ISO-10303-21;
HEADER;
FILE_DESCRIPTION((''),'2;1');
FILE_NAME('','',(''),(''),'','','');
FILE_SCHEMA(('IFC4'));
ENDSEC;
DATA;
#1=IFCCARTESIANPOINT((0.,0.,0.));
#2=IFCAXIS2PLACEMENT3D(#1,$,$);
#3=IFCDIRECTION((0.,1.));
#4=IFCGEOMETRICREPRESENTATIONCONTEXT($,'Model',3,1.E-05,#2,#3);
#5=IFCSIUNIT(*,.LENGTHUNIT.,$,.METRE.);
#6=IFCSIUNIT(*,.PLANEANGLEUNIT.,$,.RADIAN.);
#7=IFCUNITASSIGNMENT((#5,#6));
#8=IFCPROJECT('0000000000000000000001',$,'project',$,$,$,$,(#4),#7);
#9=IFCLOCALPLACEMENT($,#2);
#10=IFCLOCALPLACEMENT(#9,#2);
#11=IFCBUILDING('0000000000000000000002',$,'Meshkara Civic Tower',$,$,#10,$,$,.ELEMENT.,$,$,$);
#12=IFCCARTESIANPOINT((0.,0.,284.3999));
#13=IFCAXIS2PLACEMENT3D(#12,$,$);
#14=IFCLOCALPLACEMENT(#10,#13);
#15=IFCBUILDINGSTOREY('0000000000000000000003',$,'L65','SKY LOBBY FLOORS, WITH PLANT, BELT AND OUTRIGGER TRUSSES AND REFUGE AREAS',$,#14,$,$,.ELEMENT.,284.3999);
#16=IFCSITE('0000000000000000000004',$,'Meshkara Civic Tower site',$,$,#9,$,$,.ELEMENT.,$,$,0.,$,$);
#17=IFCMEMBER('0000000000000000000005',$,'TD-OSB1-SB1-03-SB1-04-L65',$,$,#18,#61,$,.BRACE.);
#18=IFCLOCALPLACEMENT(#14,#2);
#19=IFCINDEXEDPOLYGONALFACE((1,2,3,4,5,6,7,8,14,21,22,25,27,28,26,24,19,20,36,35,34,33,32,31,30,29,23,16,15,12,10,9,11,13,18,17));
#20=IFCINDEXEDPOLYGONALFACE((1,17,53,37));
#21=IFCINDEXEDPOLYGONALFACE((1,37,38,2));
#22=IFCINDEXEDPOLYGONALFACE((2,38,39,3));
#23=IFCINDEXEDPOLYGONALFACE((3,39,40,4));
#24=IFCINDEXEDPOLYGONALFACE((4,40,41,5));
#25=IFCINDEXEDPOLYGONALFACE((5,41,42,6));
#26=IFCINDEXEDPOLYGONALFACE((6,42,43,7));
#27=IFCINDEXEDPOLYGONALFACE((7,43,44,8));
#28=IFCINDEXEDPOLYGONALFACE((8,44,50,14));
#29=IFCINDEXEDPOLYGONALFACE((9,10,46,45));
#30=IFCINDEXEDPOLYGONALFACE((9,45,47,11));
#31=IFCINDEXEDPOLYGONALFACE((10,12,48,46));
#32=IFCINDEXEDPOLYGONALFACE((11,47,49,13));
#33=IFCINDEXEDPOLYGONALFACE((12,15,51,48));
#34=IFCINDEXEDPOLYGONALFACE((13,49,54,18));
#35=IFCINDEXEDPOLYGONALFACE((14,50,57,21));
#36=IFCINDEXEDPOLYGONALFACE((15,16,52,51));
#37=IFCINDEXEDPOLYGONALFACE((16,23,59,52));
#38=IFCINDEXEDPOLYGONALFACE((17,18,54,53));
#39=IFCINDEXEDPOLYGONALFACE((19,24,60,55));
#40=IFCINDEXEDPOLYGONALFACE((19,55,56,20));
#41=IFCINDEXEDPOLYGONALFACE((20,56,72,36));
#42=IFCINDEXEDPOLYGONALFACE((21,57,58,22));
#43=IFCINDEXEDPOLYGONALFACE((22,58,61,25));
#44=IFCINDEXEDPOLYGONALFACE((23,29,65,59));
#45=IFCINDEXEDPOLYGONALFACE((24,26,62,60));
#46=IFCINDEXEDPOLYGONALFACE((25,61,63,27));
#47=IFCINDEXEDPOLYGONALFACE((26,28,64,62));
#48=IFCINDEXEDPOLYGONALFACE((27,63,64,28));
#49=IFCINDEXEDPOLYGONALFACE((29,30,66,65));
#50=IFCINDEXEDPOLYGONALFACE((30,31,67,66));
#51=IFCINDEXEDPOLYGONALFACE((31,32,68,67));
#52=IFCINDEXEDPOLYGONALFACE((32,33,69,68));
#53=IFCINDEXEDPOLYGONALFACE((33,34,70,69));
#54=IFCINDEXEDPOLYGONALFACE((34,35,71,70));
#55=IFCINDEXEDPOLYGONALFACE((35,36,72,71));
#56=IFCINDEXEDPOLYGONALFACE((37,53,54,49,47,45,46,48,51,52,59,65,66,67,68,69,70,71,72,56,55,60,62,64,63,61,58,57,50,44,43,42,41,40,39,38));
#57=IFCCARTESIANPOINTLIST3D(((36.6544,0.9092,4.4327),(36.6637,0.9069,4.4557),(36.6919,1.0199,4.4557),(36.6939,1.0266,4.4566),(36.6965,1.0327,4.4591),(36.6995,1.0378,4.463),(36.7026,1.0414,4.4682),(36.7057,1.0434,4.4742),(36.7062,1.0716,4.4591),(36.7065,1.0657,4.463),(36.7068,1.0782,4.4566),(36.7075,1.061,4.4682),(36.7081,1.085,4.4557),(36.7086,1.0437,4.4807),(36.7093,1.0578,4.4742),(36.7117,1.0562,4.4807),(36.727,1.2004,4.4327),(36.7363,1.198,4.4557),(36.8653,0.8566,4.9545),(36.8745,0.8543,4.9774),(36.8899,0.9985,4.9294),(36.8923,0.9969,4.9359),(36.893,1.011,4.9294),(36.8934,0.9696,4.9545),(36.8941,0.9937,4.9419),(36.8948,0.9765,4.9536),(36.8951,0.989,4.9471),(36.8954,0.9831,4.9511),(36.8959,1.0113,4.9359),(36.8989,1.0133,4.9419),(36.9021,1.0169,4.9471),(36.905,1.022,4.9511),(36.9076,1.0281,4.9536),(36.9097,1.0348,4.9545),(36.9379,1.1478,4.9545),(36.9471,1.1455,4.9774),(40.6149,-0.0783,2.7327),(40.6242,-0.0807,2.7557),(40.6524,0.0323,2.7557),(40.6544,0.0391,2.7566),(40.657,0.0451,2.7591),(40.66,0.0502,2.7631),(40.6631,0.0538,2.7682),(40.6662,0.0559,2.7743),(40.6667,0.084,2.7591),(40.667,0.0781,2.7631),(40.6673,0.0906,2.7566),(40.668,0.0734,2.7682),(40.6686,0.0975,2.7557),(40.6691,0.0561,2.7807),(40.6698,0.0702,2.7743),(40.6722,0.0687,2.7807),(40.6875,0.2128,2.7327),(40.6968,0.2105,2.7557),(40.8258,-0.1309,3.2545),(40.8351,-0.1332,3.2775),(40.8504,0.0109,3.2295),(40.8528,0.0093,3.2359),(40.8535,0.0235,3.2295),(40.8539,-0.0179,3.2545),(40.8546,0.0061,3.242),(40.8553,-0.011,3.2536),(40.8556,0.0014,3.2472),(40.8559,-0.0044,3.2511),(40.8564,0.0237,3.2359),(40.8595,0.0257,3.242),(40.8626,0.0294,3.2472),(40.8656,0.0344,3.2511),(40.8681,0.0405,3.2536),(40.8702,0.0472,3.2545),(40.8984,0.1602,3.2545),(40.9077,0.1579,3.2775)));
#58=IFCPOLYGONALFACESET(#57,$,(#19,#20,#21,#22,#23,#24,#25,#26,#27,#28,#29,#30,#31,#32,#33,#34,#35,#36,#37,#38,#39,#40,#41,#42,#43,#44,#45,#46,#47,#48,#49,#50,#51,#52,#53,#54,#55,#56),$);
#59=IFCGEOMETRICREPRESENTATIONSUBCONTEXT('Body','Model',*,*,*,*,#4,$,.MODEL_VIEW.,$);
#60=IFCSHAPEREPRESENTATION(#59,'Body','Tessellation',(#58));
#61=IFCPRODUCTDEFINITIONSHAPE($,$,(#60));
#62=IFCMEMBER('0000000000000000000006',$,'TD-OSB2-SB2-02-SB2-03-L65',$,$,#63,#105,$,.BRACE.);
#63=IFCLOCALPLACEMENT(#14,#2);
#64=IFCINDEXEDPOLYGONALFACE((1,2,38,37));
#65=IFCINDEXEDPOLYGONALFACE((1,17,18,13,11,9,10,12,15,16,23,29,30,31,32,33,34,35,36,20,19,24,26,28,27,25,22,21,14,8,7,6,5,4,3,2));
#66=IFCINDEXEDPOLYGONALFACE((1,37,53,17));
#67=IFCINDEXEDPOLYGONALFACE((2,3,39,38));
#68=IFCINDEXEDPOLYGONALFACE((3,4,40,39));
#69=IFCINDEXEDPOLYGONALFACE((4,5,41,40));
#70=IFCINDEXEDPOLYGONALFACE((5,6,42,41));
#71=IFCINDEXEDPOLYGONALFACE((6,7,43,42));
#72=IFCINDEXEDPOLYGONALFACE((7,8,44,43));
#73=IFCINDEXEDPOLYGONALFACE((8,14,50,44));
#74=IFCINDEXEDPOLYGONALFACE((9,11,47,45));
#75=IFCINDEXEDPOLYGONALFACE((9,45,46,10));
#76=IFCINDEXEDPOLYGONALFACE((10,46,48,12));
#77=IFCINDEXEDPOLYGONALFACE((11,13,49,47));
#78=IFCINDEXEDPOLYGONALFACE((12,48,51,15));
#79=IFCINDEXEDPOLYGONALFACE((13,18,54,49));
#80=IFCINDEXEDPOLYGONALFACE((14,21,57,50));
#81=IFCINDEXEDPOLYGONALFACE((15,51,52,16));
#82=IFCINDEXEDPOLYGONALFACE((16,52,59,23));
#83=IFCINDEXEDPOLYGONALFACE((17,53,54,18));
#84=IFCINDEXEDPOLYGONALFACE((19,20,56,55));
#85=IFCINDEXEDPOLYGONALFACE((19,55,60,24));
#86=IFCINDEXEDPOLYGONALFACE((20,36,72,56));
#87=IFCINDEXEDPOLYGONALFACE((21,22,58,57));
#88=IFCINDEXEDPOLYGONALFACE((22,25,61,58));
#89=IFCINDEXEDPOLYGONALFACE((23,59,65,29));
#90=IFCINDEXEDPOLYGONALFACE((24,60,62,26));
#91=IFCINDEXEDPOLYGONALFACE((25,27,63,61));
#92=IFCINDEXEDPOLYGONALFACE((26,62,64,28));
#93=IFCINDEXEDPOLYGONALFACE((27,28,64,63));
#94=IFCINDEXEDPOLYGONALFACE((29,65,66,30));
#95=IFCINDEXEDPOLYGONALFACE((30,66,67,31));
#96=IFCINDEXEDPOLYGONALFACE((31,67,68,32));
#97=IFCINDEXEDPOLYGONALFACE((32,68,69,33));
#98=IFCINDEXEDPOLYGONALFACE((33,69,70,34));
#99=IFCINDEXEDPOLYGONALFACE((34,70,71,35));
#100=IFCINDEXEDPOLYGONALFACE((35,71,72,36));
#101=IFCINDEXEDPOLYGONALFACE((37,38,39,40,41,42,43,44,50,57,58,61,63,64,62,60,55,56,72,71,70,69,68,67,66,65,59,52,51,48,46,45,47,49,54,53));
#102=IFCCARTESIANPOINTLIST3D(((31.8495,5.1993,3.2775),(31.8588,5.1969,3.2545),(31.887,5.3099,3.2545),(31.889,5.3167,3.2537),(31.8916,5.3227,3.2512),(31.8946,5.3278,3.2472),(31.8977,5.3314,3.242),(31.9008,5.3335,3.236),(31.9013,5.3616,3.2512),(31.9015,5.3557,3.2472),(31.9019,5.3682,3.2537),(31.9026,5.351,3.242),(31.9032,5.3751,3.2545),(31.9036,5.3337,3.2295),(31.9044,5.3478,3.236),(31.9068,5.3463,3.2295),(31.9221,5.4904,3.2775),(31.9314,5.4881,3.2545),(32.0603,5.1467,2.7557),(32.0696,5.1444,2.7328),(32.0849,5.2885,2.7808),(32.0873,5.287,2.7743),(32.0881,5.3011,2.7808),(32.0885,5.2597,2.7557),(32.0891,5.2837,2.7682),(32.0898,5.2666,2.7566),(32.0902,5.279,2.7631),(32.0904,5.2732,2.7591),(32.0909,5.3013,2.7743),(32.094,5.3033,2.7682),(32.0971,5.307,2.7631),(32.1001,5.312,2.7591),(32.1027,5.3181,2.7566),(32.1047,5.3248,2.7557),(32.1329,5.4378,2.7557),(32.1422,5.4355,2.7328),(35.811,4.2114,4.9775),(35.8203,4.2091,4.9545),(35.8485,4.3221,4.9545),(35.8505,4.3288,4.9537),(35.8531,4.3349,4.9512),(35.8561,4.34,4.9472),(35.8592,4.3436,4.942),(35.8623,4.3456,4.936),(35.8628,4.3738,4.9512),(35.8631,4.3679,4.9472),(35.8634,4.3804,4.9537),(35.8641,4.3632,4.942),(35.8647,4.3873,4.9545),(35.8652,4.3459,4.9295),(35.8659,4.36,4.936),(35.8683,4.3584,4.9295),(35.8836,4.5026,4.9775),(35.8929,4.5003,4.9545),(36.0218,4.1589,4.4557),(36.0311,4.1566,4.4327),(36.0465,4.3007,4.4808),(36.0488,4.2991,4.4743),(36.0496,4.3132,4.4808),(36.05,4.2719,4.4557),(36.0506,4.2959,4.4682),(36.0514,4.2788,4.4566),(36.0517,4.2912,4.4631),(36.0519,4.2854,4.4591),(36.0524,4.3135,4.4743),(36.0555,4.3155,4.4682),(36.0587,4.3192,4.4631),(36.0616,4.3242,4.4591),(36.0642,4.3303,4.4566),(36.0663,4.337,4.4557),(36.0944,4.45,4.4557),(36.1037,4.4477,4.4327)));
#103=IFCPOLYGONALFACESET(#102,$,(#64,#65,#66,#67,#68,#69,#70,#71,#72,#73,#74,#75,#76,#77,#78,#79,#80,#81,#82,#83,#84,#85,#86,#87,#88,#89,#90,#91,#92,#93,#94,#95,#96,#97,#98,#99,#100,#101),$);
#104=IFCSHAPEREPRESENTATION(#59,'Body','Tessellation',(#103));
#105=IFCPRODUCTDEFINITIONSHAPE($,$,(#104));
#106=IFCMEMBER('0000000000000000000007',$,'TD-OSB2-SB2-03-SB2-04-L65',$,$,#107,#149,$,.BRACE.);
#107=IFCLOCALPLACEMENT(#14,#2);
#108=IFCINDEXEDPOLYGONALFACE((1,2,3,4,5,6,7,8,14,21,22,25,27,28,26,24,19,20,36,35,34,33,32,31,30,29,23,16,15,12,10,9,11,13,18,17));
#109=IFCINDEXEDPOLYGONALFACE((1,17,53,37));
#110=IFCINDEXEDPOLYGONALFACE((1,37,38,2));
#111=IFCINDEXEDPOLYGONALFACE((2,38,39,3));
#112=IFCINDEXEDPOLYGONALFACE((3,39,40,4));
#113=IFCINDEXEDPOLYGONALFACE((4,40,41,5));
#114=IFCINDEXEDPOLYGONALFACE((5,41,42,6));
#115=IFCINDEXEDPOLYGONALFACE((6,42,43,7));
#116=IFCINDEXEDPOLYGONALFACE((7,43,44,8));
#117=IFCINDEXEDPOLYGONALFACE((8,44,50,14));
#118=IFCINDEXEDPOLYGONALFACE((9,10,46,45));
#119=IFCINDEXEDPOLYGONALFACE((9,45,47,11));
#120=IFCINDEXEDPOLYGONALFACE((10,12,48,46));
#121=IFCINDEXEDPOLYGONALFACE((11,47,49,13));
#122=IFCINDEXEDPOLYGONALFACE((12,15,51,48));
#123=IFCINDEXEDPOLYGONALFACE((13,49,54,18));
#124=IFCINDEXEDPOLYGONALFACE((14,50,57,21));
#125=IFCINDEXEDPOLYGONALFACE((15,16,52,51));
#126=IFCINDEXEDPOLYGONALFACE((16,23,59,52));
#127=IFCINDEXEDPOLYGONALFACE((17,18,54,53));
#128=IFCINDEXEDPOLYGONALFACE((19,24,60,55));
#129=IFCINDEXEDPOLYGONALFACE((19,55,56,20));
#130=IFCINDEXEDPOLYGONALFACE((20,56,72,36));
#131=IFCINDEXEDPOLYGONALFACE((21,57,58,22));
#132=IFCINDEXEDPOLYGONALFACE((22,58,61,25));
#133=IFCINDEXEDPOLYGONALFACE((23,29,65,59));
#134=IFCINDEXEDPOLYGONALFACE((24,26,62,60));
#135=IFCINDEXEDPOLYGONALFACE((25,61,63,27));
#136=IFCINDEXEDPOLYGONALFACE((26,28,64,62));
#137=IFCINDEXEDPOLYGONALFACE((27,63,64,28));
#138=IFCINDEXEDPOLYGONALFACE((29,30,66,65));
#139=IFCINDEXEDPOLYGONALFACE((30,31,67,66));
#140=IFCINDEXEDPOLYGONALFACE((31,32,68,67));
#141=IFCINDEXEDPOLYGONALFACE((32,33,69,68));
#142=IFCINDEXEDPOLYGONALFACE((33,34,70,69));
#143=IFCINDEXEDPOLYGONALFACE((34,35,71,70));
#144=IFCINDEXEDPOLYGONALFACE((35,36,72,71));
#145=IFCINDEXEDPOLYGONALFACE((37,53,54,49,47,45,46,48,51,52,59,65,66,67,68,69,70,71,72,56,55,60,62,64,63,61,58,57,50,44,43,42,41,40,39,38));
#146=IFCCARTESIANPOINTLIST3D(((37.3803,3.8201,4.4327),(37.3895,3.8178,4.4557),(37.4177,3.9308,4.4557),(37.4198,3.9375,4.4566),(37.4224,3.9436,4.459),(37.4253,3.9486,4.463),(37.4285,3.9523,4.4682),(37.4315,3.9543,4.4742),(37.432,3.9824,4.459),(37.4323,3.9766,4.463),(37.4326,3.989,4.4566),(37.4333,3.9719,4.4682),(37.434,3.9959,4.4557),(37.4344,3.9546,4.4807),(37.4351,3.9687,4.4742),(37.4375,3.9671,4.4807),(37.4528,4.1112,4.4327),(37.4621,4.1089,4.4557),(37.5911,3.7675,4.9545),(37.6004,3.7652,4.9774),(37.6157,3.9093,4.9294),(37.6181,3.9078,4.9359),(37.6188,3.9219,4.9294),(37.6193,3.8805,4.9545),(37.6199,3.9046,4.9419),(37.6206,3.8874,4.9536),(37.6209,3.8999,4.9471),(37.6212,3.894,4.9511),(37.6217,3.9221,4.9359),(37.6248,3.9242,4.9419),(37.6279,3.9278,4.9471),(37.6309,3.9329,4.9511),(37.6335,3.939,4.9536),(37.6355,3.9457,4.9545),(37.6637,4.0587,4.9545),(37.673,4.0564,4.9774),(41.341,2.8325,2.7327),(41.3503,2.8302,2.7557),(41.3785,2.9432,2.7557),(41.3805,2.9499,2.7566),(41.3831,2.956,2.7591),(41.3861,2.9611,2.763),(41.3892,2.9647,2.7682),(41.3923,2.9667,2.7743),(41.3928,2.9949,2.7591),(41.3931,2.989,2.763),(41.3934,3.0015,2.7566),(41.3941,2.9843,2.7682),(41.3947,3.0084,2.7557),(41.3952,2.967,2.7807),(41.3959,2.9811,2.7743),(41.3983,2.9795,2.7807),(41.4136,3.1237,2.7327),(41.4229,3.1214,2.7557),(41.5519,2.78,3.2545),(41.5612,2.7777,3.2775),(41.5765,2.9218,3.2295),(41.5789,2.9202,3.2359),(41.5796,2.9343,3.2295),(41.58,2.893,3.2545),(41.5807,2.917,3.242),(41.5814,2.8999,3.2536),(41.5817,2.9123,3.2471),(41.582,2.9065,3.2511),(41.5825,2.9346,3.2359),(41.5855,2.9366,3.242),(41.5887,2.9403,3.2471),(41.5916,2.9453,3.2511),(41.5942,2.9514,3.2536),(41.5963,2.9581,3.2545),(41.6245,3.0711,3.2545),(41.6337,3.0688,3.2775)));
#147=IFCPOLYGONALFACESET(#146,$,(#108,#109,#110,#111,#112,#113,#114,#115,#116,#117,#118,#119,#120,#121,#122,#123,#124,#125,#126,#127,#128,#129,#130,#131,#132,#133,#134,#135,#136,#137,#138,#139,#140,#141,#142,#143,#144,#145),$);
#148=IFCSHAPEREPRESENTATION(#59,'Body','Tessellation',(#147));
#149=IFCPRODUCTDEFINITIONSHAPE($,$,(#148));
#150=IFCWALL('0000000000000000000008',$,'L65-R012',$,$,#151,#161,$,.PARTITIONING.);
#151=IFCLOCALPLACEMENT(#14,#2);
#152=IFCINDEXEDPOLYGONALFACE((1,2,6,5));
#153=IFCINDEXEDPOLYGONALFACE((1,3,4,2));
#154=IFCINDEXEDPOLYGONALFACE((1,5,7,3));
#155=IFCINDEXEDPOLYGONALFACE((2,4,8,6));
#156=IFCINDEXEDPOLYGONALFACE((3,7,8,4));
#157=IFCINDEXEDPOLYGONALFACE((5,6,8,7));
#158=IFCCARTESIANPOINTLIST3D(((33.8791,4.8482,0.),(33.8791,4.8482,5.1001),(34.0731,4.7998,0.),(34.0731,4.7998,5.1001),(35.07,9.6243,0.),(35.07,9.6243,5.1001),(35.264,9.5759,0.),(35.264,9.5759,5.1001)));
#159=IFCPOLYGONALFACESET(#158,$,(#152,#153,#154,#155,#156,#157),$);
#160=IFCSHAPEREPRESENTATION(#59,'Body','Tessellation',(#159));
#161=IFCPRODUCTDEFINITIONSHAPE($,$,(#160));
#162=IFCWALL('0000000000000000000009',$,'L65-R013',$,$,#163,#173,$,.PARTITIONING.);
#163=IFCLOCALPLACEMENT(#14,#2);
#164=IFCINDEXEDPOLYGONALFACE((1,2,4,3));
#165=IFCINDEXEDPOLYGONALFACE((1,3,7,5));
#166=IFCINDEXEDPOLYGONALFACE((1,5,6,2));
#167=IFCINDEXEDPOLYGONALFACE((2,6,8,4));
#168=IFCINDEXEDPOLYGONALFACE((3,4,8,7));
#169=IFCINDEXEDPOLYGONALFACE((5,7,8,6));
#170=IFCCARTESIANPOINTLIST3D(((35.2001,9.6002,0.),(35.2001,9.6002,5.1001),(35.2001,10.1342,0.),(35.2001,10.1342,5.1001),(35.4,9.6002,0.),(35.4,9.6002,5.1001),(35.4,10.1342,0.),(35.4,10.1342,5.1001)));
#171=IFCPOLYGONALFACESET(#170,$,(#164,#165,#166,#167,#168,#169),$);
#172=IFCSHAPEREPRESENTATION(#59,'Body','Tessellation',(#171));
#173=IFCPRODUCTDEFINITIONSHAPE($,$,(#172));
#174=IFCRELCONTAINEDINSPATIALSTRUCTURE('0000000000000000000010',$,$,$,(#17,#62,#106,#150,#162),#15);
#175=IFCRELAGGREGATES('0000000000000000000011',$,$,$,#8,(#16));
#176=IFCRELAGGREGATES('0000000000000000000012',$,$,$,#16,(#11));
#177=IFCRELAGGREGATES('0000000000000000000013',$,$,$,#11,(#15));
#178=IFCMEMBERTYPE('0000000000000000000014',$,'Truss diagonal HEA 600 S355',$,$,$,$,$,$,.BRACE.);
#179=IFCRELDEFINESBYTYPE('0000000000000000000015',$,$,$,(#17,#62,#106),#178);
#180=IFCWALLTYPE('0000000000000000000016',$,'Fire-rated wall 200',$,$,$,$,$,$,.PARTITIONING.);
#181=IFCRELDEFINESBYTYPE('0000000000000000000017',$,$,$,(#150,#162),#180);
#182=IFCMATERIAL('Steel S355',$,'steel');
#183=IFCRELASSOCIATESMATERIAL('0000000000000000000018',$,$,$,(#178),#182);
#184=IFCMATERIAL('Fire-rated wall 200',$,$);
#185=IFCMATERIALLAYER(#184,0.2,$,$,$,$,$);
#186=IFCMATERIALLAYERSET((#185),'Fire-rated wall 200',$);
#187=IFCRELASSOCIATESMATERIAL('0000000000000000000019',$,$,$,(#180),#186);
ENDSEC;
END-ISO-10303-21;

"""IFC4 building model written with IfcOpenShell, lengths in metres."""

from ifc_helpers import new_model, si_unit, direction, frame, frame_2d, origin, origin_2d, place, context, subcontext, project, spatial, rectangle, i_section, extrude, material, layer, layer_set, material_profile, profile_set, type_object, element, save


model = new_model("IFC4")

# Units and contexts
model_context = context("Model", 3, precision=1e-05, world=origin(), true_north=direction((0.0, 1.0)))
body_context = subcontext(model_context, "Body", "Model", "MODEL_VIEW")
ifc_project = project(units=[si_unit("LENGTHUNIT", "METRE"), si_unit("PLANEANGLEUNIT", "RADIAN")], contexts=[model_context])

# Site, building, storey
site_placement = place(None, origin())
site = spatial("IfcSite", under=ifc_project, at=site_placement, Name="Meshkara Civic Tower site", CompositionType="ELEMENT", RefElevation=0.0)
building_placement = place(site_placement, origin())
building = spatial("IfcBuilding", under=site, at=building_placement, Name="Meshkara Civic Tower", CompositionType="ELEMENT")
storey_placement = place(building_placement, frame((0.0, 0.0, 284.3999)))
storey = spatial("IfcBuildingStorey", under=building, at=storey_placement, Name="L65", Description="SKY LOBBY FLOORS, WITH PLANT, BELT AND OUTRIGGER TRUSSES AND REFUGE AREAS", CompositionType="ELEMENT", Elevation=284.3999)

# Members
ifc_material_1 = material(Name="Steel S355", Category="steel")
ifc_material_profile_1 = material_profile(ifc_material_1, i_section(OverallWidth=0.3, OverallDepth=0.5901, WebThickness=0.0129, FlangeThickness=0.0249, FilletRadius=0.0271, at=origin_2d()))
ifc_profile_set_1 = profile_set([ifc_material_profile_1], Name="Steel S355")
member_type = type_object("IfcMemberType", Name="Truss diagonal HEA 600 S355", PredefinedType="BRACE", material=ifc_profile_set_1)
member_1_placement = place(storey_placement, frame((36.8008, 1.0273, 4.7051), z_axis=(0.895712, -0.223348, -0.384468), x_axis=(0.241944, 0.97029, 0.0)))
element("IfcMember", 1, at=member_1_placement, inside=storey, type_object=member_type, Name="TD-OSB1-SB1-03-SB1-04-L65", PredefinedType="BRACE", context=body_context, shape_type="SweptSolid", body=[
    extrude(i_section(OverallWidth=0.3, OverallDepth=0.5901, WebThickness=0.0129, FlangeThickness=0.0249, FilletRadius=0.0271, at=origin_2d()), origin(), (0.0, 0.0, 1.0), 4.4216),
])
member_2_placement = place(storey_placement, frame((31.9958, 5.3174, 3.0051), z_axis=(0.895745, -0.223356, 0.384387), x_axis=(0.241945, 0.97029, 0.0)))
element("IfcMember", 2, at=member_2_placement, inside=storey, type_object=member_type, Name="TD-OSB2-SB2-02-SB2-03-L65", PredefinedType="BRACE", context=body_context, shape_type="SweptSolid", body=[
    extrude(i_section(OverallWidth=0.3, OverallDepth=0.5901, WebThickness=0.0129, FlangeThickness=0.0249, FilletRadius=0.0271, at=origin_2d()), origin(), (0.0, 0.0, 1.0), 4.4226),
])
member_3_placement = place(storey_placement, frame((37.5266, 3.9382, 4.7051), z_axis=(0.895723, -0.223337, -0.384449), x_axis=(0.24193, 0.970294, 0.0)))
element("IfcMember", 3, at=member_3_placement, inside=storey, type_object=member_type, Name="TD-OSB2-SB2-03-SB2-04-L65", PredefinedType="BRACE", context=body_context, shape_type="SweptSolid", body=[
    extrude(i_section(OverallWidth=0.3, OverallDepth=0.5901, WebThickness=0.0129, FlangeThickness=0.0249, FilletRadius=0.0271, at=origin_2d()), origin(), (0.0, 0.0, 1.0), 4.4219),
])

# Walls
ifc_material_2 = material(Name="Fire-rated wall 200")
ifc_layer = layer(ifc_material_2, 0.2)
ifc_layer_set = layer_set([ifc_layer], Name="Fire-rated wall 200")
wall_type = type_object("IfcWallType", Name="Fire-rated wall 200", PredefinedType="PARTITIONING", material=ifc_layer_set)
wall_1_placement = place(storey_placement, frame((33.9761, 4.824, 0.0), z_axis=(0.0, 0.0, 1.0), x_axis=(0.24194, 0.970291, 0.0)))
element("IfcWall", 4, at=wall_1_placement, inside=storey, type_object=wall_type, Name="L65-R012", PredefinedType="PARTITIONING", context=body_context, shape_type="SweptSolid", body=[
    extrude(rectangle(XDim=4.9224, YDim=0.2, at=frame_2d((2.4612, 0.0))), origin(), (0.0, 0.0, 1.0), 5.1001),
])
wall_2_placement = place(storey_placement, frame((35.3, 9.6001, 0.0), z_axis=(0.0, 0.0, 1.0), x_axis=(0.0, 1.0, 0.0)))
element("IfcWall", 5, at=wall_2_placement, inside=storey, type_object=wall_type, Name="L65-R013", PredefinedType="PARTITIONING", context=body_context, shape_type="SweptSolid", body=[
    extrude(rectangle(XDim=0.5339, YDim=0.2, at=frame_2d((0.2671, 0.0))), origin(), (0.0, 0.0, 1.0), 5.1001),
])

save(model, "model.ifc")
